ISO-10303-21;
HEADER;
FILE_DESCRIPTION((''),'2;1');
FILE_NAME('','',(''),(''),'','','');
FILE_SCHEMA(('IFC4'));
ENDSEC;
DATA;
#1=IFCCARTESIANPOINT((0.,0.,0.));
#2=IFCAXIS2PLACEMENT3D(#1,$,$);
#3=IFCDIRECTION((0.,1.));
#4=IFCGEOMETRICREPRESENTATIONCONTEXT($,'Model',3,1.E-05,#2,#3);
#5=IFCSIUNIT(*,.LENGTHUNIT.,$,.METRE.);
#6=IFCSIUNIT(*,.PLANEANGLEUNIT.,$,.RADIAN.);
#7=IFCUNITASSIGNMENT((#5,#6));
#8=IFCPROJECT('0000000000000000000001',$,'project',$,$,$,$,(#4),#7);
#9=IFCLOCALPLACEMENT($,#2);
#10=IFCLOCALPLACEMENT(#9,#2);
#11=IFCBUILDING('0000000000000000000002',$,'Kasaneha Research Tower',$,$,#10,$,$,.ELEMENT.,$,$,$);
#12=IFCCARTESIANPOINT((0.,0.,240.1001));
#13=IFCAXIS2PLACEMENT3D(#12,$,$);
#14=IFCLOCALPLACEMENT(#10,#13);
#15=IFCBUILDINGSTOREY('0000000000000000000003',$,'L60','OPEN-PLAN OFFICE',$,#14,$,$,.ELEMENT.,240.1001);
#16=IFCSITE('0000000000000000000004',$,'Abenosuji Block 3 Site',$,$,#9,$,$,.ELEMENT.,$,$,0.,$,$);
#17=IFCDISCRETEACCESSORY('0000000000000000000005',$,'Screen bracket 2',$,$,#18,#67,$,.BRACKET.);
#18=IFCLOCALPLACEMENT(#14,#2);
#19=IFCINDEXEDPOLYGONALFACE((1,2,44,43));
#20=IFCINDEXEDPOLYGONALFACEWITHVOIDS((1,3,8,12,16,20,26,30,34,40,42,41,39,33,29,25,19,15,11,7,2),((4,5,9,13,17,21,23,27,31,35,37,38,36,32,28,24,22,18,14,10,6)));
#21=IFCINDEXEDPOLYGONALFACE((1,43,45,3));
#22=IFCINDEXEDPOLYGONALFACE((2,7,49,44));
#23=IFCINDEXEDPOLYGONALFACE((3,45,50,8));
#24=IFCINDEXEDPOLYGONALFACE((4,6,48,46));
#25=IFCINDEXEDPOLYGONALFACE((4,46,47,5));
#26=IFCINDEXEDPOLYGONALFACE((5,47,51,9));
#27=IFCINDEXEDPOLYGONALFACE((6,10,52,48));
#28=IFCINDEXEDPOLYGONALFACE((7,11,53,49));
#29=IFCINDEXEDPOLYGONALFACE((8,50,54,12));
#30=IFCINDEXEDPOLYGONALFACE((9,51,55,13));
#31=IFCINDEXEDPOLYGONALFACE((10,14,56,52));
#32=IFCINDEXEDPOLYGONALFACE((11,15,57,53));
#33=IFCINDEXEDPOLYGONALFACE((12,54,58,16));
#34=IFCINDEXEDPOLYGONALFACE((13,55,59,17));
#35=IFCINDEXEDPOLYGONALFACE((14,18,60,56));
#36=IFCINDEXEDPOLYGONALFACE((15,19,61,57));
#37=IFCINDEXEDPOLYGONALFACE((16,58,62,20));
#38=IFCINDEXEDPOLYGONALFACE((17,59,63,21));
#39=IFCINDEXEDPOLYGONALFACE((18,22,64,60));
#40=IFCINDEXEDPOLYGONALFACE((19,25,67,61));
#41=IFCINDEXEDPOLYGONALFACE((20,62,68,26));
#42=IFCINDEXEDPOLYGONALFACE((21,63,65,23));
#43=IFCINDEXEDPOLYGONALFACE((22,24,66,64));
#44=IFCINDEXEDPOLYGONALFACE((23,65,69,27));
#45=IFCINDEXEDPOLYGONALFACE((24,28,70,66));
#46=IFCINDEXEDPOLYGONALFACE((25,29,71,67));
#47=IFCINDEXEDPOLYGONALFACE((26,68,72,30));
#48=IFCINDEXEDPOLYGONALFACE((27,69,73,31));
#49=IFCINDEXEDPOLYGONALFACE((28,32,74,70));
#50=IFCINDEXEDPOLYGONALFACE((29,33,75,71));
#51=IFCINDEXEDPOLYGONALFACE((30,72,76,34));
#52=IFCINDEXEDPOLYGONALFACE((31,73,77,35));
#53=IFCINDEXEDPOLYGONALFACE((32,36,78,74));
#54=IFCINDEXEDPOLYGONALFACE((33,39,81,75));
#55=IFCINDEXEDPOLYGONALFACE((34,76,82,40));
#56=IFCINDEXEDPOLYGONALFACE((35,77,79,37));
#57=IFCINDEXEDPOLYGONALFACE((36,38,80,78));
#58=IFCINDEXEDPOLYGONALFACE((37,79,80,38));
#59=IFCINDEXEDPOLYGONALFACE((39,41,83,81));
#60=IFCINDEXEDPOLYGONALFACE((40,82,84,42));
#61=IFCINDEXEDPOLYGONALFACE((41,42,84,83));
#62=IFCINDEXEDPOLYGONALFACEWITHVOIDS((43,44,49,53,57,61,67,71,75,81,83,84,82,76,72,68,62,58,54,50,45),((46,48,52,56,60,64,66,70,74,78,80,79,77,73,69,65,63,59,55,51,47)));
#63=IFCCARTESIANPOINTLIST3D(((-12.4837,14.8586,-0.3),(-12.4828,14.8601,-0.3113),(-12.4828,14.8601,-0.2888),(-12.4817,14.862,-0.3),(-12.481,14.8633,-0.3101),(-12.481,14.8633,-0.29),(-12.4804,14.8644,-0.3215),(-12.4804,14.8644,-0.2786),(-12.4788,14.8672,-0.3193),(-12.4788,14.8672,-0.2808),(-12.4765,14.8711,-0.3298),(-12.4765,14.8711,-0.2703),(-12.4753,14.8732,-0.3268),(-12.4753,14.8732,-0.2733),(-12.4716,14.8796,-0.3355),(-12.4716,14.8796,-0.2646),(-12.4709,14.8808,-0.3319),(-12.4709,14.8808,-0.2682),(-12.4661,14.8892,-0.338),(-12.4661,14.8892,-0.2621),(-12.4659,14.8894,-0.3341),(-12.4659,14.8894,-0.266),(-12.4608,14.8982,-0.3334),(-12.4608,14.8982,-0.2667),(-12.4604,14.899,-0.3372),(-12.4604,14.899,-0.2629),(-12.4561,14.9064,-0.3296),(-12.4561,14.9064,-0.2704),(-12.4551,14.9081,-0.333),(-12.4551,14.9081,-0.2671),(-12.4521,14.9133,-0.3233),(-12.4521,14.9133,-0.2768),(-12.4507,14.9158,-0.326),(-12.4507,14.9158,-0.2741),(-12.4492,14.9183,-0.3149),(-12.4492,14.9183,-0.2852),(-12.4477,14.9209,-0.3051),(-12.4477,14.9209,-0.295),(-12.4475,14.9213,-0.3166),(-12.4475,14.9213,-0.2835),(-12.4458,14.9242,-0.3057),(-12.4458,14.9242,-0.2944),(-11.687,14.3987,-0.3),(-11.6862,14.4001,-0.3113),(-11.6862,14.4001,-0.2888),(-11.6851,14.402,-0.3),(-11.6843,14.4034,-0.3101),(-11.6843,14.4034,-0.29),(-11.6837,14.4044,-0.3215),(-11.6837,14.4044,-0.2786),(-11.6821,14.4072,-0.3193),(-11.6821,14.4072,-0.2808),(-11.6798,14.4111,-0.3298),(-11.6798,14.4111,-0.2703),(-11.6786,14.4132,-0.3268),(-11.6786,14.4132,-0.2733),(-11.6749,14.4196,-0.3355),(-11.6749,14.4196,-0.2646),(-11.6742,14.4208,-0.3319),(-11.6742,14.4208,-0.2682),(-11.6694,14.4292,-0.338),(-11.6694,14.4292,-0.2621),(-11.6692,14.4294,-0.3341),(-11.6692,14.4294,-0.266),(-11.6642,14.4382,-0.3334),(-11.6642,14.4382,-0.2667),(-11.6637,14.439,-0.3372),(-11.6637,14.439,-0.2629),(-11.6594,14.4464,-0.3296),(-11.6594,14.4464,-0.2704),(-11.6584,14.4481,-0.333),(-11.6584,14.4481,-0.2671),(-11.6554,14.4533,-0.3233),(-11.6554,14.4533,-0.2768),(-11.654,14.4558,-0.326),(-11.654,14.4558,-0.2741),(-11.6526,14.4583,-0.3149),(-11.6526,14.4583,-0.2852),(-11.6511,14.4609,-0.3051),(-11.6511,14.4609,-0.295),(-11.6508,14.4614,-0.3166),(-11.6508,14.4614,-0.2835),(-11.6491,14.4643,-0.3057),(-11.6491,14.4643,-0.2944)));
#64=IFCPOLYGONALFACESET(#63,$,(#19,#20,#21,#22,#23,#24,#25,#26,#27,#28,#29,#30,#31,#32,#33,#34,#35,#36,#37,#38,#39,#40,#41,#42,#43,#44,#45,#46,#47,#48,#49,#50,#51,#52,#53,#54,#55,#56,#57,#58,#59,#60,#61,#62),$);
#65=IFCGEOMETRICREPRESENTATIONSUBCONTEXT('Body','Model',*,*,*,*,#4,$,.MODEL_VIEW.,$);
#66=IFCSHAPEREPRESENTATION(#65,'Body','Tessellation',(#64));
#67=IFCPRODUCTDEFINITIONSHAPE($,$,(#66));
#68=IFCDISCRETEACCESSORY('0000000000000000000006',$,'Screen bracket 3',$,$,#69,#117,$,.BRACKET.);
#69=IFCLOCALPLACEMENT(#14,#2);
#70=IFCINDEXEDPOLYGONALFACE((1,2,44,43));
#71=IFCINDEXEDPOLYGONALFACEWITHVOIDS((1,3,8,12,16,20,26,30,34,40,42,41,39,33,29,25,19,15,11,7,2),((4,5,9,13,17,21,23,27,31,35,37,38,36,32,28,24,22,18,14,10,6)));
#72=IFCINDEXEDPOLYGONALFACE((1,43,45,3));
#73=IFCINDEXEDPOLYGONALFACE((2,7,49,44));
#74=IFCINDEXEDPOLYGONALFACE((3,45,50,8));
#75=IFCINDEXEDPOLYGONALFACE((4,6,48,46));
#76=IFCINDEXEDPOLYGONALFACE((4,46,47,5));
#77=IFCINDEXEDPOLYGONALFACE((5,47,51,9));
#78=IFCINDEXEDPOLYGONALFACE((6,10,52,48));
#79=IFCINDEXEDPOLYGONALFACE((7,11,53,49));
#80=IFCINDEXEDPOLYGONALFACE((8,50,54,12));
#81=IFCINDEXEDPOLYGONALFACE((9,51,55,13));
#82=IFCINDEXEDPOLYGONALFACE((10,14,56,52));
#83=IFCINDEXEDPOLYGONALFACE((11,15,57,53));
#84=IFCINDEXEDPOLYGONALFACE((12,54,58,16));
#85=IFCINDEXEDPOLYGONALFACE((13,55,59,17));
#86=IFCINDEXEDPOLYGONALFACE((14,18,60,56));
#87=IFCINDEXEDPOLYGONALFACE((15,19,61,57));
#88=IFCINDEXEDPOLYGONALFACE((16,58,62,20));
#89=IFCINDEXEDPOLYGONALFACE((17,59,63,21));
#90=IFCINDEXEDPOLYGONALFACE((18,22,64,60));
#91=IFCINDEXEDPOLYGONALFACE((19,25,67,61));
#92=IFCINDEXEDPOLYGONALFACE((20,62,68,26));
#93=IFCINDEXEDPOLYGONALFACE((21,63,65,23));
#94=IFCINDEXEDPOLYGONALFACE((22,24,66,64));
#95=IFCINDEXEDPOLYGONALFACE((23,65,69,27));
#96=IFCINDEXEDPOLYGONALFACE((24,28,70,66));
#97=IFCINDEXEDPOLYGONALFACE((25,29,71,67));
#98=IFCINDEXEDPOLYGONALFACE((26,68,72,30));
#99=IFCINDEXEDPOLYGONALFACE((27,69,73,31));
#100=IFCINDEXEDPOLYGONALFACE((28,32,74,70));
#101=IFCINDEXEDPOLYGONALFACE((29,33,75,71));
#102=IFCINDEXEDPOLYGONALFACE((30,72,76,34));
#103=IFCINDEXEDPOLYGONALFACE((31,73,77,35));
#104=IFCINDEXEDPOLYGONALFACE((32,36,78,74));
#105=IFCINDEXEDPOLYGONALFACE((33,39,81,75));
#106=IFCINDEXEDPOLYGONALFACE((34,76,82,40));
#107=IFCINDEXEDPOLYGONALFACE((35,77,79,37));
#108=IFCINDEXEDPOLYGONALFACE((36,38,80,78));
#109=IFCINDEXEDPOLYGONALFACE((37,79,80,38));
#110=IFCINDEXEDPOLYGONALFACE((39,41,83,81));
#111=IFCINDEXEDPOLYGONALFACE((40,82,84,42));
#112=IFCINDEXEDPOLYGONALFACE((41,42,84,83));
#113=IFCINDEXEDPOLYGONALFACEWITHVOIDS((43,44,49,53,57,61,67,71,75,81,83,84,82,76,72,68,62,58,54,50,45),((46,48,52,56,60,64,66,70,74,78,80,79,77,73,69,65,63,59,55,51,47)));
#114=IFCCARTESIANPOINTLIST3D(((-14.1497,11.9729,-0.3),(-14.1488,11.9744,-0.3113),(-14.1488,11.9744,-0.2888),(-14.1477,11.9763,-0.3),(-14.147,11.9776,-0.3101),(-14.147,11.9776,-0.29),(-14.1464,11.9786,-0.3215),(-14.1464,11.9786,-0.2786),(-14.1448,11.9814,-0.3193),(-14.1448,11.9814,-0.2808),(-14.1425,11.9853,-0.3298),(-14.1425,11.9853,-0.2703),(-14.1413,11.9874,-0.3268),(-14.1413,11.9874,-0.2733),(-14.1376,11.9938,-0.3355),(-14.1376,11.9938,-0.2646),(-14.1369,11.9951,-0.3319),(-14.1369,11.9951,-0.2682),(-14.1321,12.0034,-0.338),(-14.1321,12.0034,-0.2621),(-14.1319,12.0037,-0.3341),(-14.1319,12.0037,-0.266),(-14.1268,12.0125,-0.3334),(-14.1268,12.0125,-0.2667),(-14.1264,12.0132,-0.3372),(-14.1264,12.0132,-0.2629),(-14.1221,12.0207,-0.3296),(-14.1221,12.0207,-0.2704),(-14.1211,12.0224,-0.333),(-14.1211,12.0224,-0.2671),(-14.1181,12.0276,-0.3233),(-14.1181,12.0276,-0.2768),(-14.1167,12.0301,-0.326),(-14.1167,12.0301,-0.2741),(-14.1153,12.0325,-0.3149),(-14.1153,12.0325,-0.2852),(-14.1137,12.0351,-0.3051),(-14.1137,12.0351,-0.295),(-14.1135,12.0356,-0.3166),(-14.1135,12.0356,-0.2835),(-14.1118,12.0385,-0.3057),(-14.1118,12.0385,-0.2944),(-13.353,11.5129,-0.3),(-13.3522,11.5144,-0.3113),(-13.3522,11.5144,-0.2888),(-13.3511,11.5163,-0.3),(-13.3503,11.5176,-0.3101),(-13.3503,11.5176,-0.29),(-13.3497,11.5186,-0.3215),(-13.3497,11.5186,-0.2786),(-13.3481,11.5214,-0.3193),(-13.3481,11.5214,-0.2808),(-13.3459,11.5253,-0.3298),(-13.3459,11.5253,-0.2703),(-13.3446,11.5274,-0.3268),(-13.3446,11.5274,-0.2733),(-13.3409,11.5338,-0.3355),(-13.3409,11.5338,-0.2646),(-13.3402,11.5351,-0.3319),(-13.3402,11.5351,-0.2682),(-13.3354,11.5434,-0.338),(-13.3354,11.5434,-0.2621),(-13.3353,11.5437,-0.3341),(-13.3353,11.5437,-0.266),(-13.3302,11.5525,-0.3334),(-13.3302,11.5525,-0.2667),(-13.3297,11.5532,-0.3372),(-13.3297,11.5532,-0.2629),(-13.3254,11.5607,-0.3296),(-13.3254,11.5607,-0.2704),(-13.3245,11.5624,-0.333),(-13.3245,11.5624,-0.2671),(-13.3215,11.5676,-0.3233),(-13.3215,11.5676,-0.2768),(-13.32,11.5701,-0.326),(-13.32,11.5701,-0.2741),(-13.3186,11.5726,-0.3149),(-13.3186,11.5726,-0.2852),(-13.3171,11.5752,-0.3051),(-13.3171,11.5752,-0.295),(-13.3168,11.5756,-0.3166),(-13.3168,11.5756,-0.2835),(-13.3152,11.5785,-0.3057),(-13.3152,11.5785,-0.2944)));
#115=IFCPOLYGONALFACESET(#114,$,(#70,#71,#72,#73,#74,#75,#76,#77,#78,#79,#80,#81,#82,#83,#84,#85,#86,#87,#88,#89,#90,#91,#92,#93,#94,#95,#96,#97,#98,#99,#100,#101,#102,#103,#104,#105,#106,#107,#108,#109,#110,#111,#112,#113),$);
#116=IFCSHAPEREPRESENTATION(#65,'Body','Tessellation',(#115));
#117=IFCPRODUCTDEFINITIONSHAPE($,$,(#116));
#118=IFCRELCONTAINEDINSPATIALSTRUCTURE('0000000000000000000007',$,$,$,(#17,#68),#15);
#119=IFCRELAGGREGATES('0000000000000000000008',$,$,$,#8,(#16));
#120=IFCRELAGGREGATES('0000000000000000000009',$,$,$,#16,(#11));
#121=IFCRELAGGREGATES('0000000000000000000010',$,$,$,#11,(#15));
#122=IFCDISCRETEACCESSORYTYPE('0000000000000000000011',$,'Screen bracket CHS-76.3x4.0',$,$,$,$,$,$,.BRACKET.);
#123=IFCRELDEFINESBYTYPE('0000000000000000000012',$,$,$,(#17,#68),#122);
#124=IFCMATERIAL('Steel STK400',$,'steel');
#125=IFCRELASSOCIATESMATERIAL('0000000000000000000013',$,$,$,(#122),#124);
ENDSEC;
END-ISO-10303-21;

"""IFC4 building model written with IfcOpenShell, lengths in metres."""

from ifc_helpers import new_model, si_unit, direction, frame, origin, origin_2d, place, context, subcontext, project, spatial, hollow_circle, extrude, material, material_profile, profile_set, type_object, element, save


model = new_model("IFC4")

# Units and contexts
model_context = context("Model", 3, precision=1e-05, world=origin(), true_north=direction((0.0, 1.0)))
body_context = subcontext(model_context, "Body", "Model", "MODEL_VIEW")
ifc_project = project(units=[si_unit("LENGTHUNIT", "METRE"), si_unit("PLANEANGLEUNIT", "RADIAN")], contexts=[model_context])

# Site, building, storey
site_placement = place(None, origin())
site = spatial("IfcSite", under=ifc_project, at=site_placement, Name="Abenosuji Block 3 Site", CompositionType="ELEMENT", RefElevation=0.0)
building_placement = place(site_placement, origin())
building = spatial("IfcBuilding", under=site, at=building_placement, Name="Kasaneha Research Tower", CompositionType="ELEMENT")
storey_placement = place(building_placement, frame((0.0, 0.0, 240.1001)))
storey = spatial("IfcBuildingStorey", under=building, at=storey_placement, Name="L60", Description="OPEN-PLAN OFFICE", CompositionType="ELEMENT", Elevation=240.1001)

# Discrete accessories
ifc_material_1 = material(Name="Steel STK400", Category="steel")
ifc_material_profile_1 = material_profile(ifc_material_1, hollow_circle(Radius=0.0381, WallThickness=0.0039, at=origin_2d()), Name="CHS-76.3x4.0")
ifc_profile_set_1 = profile_set([ifc_material_profile_1], Name="Steel STK400")
discrete_accessory_type = type_object("IfcDiscreteAccessoryType", Name="Screen bracket CHS-76.3x4.0", PredefinedType="BRACKET", material=ifc_profile_set_1)
for number, where, z_axis, x_axis, name in (
    (1, (-11.668, 14.4316, -0.3), (-0.866013, 0.500021, 0.0), (-0.500021, -0.866013, 0.0), "Screen bracket 2"),
    (2, (-13.334, 11.5459, -0.3), (-0.866013, 0.500021, 0.0), (-0.500021, -0.866013, 0.0), "Screen bracket 3"),
):
    element("IfcDiscreteAccessory", number, at=place(storey_placement, frame(where, z_axis=z_axis, x_axis=x_axis)), inside=storey, type_object=discrete_accessory_type, Name=name, PredefinedType="BRACKET", context=body_context, shape_type="SweptSolid", body=[
        extrude(hollow_circle(Radius=0.0381, WallThickness=0.0039, at=origin_2d()), origin(), (0.0, 0.0, 1.0), 0.9199),
    ])

save(model, "model.ifc")
